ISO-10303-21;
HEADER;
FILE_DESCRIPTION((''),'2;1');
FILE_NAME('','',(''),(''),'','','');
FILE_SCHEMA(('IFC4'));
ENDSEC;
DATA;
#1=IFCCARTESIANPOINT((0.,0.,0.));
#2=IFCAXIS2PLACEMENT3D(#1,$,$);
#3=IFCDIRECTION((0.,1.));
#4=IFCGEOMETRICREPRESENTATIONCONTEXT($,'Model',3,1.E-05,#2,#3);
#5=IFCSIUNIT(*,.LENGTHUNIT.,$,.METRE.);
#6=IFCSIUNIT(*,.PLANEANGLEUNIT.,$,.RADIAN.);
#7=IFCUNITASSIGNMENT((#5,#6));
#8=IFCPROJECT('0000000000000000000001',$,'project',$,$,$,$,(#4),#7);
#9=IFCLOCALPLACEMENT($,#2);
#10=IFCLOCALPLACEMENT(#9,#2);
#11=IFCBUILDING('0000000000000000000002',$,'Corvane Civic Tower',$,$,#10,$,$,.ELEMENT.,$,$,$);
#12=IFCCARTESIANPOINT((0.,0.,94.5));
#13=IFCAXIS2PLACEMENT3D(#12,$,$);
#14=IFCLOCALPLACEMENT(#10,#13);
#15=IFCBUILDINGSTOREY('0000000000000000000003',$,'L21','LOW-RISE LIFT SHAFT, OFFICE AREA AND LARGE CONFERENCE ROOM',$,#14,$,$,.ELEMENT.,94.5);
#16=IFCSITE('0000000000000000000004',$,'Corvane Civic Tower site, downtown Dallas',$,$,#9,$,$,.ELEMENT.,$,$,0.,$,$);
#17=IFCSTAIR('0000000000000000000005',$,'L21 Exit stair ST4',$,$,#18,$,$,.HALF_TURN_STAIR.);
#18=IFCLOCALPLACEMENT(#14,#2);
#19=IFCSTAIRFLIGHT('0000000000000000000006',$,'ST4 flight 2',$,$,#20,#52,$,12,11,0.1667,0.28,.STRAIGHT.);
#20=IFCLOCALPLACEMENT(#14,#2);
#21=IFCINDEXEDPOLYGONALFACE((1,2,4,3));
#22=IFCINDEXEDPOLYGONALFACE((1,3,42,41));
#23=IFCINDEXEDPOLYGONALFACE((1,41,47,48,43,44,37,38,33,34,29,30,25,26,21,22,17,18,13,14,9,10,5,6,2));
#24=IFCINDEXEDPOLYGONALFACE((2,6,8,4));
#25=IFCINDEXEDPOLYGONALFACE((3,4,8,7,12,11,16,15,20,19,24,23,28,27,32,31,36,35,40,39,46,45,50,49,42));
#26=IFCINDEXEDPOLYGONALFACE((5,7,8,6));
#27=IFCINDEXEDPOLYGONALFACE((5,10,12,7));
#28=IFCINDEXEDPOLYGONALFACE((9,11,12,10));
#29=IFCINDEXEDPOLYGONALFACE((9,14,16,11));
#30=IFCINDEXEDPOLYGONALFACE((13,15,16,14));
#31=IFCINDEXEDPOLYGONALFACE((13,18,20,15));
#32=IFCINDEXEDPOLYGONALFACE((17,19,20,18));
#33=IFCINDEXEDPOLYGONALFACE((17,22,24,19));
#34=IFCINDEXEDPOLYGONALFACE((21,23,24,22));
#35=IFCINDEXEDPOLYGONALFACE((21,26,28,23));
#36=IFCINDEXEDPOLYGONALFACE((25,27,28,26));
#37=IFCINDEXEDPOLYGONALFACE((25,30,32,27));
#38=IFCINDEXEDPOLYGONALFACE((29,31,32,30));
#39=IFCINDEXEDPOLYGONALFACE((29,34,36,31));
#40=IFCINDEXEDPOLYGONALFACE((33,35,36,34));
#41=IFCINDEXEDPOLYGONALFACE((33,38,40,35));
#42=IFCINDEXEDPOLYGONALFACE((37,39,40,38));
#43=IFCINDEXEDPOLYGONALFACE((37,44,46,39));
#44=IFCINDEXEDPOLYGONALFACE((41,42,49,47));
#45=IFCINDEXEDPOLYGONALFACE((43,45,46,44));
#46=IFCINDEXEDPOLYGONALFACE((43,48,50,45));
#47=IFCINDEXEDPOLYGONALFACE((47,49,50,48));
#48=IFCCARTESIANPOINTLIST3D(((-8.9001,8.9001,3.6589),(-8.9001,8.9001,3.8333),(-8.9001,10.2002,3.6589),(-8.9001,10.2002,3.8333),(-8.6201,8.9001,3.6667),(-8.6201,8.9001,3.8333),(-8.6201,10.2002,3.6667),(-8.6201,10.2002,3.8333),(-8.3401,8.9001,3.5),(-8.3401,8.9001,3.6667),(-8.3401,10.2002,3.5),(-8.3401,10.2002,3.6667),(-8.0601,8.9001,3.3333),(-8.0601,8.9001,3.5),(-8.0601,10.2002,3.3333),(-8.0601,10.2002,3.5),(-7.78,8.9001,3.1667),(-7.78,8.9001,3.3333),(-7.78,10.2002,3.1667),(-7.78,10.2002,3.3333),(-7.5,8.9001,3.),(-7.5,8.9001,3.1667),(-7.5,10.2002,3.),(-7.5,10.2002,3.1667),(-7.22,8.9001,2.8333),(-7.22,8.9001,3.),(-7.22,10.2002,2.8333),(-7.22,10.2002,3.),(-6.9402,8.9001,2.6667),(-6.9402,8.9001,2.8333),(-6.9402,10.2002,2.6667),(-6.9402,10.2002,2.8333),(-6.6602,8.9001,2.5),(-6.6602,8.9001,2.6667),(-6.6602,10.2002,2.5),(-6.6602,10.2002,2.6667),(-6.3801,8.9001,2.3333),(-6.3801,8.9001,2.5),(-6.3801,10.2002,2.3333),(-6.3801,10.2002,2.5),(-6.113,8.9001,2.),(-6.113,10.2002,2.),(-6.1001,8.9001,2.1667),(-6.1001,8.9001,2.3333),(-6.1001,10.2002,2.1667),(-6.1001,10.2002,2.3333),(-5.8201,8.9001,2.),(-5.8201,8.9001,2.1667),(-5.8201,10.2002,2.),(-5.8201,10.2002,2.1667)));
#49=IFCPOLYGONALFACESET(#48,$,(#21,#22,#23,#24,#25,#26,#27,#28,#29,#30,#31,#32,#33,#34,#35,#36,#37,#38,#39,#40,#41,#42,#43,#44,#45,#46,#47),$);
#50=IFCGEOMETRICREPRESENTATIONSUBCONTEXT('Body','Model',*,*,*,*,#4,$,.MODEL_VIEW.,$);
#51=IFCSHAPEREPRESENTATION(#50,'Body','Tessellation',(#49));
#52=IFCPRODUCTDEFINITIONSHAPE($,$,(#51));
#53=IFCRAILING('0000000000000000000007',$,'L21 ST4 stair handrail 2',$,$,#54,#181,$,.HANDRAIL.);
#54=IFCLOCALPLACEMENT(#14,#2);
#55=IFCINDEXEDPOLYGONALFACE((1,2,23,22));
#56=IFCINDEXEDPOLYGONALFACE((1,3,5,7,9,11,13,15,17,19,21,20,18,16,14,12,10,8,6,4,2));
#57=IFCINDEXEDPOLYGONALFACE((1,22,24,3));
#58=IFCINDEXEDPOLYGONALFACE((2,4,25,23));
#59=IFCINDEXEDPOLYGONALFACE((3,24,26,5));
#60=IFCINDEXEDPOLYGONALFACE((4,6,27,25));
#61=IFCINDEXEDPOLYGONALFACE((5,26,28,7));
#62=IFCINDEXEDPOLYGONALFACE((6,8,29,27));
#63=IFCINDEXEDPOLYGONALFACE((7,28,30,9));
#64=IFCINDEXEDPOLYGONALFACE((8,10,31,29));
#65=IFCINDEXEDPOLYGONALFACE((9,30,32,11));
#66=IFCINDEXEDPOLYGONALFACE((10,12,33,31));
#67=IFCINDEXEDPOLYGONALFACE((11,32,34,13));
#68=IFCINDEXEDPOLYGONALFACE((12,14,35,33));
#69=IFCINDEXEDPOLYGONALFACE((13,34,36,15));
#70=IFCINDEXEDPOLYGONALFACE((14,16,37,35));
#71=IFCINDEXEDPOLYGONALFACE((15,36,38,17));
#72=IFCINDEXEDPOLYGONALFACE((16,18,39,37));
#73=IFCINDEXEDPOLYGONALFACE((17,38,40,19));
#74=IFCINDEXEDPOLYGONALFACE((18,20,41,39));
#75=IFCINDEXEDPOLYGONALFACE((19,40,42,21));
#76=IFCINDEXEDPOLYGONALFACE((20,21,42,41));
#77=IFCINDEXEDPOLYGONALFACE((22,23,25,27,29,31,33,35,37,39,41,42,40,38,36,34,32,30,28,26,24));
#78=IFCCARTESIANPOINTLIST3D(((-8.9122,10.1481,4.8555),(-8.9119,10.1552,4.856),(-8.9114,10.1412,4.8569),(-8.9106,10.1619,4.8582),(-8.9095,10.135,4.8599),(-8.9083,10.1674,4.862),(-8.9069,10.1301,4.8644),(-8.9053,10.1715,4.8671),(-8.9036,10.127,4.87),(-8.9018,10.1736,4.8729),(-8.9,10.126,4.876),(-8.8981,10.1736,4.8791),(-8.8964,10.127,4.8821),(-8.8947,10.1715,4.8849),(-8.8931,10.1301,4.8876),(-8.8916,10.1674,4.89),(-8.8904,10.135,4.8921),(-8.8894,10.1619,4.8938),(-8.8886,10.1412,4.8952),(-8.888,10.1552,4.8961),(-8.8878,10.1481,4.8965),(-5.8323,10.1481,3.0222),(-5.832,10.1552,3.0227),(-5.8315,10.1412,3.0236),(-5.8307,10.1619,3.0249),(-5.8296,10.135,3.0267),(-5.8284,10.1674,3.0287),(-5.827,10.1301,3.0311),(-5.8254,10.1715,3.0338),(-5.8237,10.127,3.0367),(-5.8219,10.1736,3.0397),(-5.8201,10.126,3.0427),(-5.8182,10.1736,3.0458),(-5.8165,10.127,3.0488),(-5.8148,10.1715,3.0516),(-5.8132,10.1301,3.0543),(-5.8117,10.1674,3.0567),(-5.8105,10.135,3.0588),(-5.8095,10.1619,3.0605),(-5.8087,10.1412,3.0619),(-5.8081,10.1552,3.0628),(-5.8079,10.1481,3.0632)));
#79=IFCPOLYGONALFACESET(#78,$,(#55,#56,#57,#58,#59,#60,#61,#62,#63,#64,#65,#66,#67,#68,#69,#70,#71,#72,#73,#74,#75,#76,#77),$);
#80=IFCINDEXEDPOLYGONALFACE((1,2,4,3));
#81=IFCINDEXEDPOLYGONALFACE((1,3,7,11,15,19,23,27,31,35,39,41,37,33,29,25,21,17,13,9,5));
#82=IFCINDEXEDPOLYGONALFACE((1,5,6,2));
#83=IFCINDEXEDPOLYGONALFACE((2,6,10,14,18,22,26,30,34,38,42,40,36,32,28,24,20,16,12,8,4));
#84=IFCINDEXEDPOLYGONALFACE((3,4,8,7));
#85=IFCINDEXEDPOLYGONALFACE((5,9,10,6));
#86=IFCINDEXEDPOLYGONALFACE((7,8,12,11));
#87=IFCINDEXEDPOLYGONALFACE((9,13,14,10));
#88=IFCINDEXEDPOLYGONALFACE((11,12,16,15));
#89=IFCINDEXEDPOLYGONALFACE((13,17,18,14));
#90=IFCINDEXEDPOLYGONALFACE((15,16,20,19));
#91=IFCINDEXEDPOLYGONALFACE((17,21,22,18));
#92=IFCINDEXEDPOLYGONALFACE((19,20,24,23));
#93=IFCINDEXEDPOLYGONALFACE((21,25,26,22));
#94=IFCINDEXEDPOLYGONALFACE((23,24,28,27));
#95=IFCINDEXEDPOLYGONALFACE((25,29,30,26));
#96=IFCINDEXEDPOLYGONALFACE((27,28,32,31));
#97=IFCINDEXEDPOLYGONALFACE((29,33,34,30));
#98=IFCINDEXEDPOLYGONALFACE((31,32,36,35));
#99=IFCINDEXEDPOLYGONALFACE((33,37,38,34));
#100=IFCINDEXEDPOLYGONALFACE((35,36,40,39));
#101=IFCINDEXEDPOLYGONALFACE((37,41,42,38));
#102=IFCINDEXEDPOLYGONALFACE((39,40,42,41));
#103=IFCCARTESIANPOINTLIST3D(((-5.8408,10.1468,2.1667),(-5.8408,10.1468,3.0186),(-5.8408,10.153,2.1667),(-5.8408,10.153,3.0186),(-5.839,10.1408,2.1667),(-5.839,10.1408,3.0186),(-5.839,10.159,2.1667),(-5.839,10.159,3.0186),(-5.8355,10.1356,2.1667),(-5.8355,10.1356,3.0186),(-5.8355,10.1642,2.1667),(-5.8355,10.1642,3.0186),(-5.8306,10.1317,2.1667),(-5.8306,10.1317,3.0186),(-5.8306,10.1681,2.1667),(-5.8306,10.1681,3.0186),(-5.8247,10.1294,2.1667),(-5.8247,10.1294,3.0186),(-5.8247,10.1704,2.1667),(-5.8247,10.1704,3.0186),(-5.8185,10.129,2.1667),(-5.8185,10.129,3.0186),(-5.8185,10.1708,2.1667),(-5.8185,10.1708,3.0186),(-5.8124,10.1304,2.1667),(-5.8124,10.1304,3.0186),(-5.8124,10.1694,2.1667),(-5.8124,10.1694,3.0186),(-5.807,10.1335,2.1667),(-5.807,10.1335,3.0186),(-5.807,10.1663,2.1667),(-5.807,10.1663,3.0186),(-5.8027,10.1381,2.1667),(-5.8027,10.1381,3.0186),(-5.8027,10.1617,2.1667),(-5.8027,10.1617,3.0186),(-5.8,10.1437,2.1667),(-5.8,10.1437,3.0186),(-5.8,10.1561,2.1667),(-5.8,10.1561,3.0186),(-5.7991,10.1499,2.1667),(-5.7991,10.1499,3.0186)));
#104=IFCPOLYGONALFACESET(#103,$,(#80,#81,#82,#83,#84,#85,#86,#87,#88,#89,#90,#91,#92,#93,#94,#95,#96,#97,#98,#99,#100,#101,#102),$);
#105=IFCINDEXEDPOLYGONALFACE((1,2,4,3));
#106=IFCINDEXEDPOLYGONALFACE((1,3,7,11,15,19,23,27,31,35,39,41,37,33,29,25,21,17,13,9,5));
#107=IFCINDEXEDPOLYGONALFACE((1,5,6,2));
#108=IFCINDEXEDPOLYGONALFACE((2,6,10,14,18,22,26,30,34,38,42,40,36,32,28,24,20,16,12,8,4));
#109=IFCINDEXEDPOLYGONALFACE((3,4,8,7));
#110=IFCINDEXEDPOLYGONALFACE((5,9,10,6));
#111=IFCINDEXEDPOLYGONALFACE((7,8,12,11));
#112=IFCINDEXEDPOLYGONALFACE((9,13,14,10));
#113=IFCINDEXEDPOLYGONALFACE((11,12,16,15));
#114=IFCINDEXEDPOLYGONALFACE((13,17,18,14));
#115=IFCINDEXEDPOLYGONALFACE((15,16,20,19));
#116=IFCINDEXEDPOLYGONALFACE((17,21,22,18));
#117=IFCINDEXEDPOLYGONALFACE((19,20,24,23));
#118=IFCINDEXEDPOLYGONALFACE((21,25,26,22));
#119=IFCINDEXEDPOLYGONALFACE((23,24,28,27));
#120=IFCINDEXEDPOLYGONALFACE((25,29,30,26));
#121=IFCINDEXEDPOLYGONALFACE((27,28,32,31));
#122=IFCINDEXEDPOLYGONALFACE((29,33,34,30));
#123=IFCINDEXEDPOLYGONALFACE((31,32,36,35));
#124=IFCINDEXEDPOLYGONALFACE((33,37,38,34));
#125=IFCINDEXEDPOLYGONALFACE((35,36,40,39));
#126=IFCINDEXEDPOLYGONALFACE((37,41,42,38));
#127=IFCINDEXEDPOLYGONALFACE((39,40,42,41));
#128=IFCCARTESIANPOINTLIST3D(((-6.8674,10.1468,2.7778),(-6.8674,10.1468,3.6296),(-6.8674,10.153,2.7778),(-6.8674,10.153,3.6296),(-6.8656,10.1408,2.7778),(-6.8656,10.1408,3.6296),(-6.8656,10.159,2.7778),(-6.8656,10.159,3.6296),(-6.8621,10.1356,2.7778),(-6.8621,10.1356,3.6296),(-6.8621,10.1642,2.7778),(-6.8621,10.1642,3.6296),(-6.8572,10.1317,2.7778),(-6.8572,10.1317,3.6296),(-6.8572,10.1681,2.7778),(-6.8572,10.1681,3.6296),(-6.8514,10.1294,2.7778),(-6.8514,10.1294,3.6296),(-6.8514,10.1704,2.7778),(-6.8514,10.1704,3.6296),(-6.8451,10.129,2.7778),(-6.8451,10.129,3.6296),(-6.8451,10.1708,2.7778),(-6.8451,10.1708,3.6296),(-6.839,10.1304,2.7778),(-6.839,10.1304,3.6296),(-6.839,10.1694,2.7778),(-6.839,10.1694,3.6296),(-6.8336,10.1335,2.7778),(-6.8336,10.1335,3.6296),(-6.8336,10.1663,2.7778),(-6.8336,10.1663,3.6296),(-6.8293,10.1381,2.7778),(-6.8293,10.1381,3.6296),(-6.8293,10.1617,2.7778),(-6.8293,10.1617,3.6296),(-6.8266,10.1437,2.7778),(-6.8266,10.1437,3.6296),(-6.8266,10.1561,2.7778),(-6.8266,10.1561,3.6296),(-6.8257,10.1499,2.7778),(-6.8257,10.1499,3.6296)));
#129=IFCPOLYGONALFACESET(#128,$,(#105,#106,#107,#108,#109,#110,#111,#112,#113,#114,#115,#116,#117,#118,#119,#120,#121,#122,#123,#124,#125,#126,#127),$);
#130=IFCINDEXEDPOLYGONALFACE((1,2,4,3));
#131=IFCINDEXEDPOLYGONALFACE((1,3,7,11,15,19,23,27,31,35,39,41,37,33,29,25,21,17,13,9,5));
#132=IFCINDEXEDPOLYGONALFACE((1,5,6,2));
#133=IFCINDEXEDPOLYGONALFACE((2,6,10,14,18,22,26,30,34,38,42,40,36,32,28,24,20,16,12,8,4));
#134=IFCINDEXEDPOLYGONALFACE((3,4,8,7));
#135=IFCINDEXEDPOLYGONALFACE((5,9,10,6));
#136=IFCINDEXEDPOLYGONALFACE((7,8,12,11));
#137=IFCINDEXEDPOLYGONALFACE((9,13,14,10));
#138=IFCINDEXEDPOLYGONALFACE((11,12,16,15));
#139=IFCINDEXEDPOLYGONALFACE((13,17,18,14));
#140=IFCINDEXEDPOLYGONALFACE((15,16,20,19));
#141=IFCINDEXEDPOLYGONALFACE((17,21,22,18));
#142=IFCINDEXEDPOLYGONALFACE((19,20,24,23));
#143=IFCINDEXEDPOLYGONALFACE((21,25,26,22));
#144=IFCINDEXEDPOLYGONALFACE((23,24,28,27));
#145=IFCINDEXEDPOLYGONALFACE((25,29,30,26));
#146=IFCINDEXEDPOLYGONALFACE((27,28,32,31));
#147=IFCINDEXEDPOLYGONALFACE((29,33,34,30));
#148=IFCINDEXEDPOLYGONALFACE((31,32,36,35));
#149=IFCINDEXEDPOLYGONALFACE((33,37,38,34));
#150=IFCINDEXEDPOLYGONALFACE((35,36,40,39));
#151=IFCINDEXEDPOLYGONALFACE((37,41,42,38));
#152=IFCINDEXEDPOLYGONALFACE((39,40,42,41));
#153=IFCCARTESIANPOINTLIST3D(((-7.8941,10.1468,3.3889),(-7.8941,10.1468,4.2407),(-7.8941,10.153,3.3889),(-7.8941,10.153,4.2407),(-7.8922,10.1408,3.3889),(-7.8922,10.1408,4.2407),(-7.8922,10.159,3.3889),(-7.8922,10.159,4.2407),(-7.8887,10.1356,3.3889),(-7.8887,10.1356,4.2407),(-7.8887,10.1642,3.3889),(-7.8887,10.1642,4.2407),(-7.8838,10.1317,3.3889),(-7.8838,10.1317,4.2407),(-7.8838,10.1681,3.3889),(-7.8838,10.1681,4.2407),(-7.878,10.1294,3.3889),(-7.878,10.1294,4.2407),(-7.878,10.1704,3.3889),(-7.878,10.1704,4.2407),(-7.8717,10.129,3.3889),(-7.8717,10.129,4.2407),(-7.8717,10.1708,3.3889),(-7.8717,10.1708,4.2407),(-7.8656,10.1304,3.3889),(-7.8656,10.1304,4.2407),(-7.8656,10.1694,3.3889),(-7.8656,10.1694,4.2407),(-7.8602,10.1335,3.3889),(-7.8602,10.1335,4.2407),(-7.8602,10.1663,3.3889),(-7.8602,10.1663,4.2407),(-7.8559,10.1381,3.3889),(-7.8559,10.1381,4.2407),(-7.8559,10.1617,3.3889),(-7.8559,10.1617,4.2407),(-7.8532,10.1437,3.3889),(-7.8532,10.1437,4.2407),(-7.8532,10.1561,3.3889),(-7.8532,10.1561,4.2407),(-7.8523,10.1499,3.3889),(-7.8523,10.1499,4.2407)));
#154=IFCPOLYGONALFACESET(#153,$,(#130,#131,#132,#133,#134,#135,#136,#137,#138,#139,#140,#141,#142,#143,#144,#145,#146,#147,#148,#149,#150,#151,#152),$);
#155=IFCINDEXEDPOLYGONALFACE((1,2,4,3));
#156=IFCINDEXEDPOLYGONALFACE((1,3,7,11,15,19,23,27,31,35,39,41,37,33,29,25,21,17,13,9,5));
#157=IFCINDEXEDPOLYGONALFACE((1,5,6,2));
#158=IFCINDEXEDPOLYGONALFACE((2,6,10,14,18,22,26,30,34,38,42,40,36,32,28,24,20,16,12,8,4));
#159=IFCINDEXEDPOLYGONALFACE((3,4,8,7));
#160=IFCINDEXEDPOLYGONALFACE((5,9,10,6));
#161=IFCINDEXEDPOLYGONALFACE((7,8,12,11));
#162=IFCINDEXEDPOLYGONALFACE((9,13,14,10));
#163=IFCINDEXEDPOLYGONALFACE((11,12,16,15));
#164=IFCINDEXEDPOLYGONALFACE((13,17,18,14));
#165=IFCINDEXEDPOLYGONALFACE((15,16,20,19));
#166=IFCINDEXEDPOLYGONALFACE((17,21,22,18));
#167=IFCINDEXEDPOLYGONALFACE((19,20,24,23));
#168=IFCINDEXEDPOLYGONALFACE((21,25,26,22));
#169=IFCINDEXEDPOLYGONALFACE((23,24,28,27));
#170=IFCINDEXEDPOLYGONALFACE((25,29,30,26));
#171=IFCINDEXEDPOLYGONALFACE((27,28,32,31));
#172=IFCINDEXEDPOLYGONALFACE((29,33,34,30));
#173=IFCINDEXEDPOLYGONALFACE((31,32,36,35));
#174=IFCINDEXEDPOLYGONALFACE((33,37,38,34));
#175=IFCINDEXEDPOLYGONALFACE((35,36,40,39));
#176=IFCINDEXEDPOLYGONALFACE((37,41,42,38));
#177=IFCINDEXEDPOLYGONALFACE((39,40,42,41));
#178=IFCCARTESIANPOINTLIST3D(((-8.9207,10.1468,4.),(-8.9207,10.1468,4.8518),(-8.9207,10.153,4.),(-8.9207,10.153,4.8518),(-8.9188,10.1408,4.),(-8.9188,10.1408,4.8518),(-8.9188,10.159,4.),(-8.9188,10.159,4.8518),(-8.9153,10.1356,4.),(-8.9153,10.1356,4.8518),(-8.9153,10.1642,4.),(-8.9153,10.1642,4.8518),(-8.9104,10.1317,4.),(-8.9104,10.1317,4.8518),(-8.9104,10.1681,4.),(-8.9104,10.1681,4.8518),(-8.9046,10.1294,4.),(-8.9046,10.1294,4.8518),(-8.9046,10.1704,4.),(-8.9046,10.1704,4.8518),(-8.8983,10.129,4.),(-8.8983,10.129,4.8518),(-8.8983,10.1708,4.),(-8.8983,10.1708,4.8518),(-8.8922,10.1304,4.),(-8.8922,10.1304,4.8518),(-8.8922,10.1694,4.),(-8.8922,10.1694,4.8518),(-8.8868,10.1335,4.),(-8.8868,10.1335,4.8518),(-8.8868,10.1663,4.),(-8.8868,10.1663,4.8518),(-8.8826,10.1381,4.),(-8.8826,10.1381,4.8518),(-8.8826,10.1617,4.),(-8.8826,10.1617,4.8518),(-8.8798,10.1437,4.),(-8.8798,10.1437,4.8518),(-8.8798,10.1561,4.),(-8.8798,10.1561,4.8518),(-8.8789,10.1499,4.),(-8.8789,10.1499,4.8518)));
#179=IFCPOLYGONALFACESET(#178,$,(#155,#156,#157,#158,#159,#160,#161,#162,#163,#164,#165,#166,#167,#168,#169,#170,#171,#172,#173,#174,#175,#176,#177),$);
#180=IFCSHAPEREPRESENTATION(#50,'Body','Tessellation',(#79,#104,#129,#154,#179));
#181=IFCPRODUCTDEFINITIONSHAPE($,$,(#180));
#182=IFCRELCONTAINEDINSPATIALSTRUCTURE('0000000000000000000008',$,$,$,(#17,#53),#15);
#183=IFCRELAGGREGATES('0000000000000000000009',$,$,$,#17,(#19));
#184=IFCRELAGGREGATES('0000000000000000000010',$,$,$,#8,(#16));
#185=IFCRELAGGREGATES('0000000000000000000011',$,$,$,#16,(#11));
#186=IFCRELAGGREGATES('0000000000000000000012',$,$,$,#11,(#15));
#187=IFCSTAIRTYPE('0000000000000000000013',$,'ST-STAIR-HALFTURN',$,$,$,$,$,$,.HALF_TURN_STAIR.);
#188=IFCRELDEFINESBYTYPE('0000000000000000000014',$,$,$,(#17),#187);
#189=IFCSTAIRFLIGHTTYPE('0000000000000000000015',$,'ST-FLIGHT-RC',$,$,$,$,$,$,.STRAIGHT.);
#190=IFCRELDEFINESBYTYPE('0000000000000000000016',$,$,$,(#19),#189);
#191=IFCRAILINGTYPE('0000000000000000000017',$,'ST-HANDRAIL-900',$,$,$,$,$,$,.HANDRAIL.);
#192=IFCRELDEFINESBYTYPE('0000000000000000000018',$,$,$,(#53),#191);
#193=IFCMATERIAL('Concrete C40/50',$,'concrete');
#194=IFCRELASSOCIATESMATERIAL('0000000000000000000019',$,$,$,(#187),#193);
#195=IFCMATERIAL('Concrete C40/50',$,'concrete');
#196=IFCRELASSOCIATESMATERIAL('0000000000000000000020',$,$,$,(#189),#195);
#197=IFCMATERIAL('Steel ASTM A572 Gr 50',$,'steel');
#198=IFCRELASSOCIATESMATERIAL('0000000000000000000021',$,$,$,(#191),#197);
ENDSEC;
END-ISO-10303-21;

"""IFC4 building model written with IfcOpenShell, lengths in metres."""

from ifc_helpers import new_model, si_unit, direction, frame, origin, origin_2d, place, context, subcontext, project, spatial, polyline, circle, outline, extrude, material, type_object, element, aggregate, save


model = new_model("IFC4")

# Units and contexts
model_context = context("Model", 3, precision=1e-05, world=origin(), true_north=direction((0.0, 1.0)))
body_context = subcontext(model_context, "Body", "Model", "MODEL_VIEW")
ifc_project = project(units=[si_unit("LENGTHUNIT", "METRE"), si_unit("PLANEANGLEUNIT", "RADIAN")], contexts=[model_context])

# Site, building, storey
site_placement = place(None, origin())
site = spatial("IfcSite", under=ifc_project, at=site_placement, Name="Corvane Civic Tower site, downtown Dallas", CompositionType="ELEMENT", RefElevation=0.0)
building_placement = place(site_placement, origin())
building = spatial("IfcBuilding", under=site, at=building_placement, Name="Corvane Civic Tower", CompositionType="ELEMENT")
storey_placement = place(building_placement, frame((0.0, 0.0, 94.5)))
storey = spatial("IfcBuildingStorey", under=building, at=storey_placement, Name="L21", Description="LOW-RISE LIFT SHAFT, OFFICE AREA AND LARGE CONFERENCE ROOM", CompositionType="ELEMENT", Elevation=94.5)

# Stair, stair flight
ifc_material_1 = material(Name="Concrete C40/50", Category="concrete")
stair_type = type_object("IfcStairType", Name="ST-STAIR-HALFTURN", PredefinedType="HALF_TURN_STAIR", material=ifc_material_1)
stair_placement = place(storey_placement, origin())
stair = element("IfcStair", 1, at=stair_placement, inside=storey, type_object=stair_type, Name="L21 Exit stair ST4", PredefinedType="HALF_TURN_STAIR")
ifc_material_2 = material(Name="Concrete C40/50", Category="concrete")
stair_flight_type = type_object("IfcStairFlightType", Name="ST-FLIGHT-RC", PredefinedType="STRAIGHT", material=ifc_material_2)
stair_flight_placement = place(storey_placement, frame((-5.8201, 9.55, 2.0), z_axis=(0.0, 0.0, 1.0), x_axis=(-1.0, 0.0, 0.0)))
stair_flight = element("IfcStairFlight", 2, at=stair_flight_placement, type_object=stair_flight_type, Name="ST4 flight 2", NumberOfRisers=12, NumberOfTreads=11, PredefinedType="STRAIGHT", RiserHeight=0.1667, TreadLength=0.28, context=body_context, shape_type="SweptSolid", body=[
    extrude(outline(polyline([(0.0, 0.0), (0.0, 0.1667), (0.28, 0.1667), (0.28, 0.3333), (0.5601, 0.3333), (0.5601, 0.5), (0.8401, 0.5), (0.8401, 0.6667), (1.1201, 0.6667), (1.1201, 0.8333), (1.3999, 0.8333), (1.3999, 1.0), (1.6799, 1.0), (1.6799, 1.1667), (1.96, 1.1667), (1.96, 1.3333), (2.24, 1.3333), (2.24, 1.5), (2.52, 1.5), (2.52, 1.6667), (2.8, 1.6667), (2.8, 1.8333), (3.0801, 1.8333), (3.0801, 2.0), (3.0801, 1.6589), (0.293, 0.0), (0.0, 0.0)])), frame((0.0, 0.6499, 0.0), z_axis=(0.0, -1.0, 0.0), x_axis=(1.0, 0.0, 0.0)), (0.0, 0.0, 1.0), 1.3),
])
aggregate(stair, [stair_flight])

# Railing
ifc_material_3 = material(Name="Steel ASTM A572 Gr 50", Category="steel")
railing_type = type_object("IfcRailingType", Name="ST-HANDRAIL-900", PredefinedType="HANDRAIL", material=ifc_material_3)
railing_placement = place(storey_placement, frame((-5.8201, 10.1499, 2.1667)))
element("IfcRailing", 3, at=railing_placement, inside=storey, type_object=railing_type, Name="L21 ST4 stair handrail 2", PredefinedType="HANDRAIL", context=body_context, shape_type="SweptSolid", body=[
    extrude(circle(Radius=0.0239, at=origin_2d()), frame((0.0, 0.0, 0.876), z_axis=(-0.859291, 0.0, 0.511487), x_axis=(0.0, -1.0, 0.0)), (0.0, 0.0, 1.0), 3.5842),
    extrude(circle(Radius=0.021, at=origin_2d()), origin(), (0.0, 0.0, 1.0), 0.8518),
    extrude(circle(Radius=0.021, at=origin_2d()), frame((-1.0266, 0.0, 0.6111)), (0.0, 0.0, 1.0), 0.8518),
    extrude(circle(Radius=0.021, at=origin_2d()), frame((-2.0532, 0.0, 1.2222)), (0.0, 0.0, 1.0), 0.8518),
    extrude(circle(Radius=0.021, at=origin_2d()), frame((-3.0798, 0.0, 1.8333)), (0.0, 0.0, 1.0), 0.8518),
])

save(model, "model.ifc")
